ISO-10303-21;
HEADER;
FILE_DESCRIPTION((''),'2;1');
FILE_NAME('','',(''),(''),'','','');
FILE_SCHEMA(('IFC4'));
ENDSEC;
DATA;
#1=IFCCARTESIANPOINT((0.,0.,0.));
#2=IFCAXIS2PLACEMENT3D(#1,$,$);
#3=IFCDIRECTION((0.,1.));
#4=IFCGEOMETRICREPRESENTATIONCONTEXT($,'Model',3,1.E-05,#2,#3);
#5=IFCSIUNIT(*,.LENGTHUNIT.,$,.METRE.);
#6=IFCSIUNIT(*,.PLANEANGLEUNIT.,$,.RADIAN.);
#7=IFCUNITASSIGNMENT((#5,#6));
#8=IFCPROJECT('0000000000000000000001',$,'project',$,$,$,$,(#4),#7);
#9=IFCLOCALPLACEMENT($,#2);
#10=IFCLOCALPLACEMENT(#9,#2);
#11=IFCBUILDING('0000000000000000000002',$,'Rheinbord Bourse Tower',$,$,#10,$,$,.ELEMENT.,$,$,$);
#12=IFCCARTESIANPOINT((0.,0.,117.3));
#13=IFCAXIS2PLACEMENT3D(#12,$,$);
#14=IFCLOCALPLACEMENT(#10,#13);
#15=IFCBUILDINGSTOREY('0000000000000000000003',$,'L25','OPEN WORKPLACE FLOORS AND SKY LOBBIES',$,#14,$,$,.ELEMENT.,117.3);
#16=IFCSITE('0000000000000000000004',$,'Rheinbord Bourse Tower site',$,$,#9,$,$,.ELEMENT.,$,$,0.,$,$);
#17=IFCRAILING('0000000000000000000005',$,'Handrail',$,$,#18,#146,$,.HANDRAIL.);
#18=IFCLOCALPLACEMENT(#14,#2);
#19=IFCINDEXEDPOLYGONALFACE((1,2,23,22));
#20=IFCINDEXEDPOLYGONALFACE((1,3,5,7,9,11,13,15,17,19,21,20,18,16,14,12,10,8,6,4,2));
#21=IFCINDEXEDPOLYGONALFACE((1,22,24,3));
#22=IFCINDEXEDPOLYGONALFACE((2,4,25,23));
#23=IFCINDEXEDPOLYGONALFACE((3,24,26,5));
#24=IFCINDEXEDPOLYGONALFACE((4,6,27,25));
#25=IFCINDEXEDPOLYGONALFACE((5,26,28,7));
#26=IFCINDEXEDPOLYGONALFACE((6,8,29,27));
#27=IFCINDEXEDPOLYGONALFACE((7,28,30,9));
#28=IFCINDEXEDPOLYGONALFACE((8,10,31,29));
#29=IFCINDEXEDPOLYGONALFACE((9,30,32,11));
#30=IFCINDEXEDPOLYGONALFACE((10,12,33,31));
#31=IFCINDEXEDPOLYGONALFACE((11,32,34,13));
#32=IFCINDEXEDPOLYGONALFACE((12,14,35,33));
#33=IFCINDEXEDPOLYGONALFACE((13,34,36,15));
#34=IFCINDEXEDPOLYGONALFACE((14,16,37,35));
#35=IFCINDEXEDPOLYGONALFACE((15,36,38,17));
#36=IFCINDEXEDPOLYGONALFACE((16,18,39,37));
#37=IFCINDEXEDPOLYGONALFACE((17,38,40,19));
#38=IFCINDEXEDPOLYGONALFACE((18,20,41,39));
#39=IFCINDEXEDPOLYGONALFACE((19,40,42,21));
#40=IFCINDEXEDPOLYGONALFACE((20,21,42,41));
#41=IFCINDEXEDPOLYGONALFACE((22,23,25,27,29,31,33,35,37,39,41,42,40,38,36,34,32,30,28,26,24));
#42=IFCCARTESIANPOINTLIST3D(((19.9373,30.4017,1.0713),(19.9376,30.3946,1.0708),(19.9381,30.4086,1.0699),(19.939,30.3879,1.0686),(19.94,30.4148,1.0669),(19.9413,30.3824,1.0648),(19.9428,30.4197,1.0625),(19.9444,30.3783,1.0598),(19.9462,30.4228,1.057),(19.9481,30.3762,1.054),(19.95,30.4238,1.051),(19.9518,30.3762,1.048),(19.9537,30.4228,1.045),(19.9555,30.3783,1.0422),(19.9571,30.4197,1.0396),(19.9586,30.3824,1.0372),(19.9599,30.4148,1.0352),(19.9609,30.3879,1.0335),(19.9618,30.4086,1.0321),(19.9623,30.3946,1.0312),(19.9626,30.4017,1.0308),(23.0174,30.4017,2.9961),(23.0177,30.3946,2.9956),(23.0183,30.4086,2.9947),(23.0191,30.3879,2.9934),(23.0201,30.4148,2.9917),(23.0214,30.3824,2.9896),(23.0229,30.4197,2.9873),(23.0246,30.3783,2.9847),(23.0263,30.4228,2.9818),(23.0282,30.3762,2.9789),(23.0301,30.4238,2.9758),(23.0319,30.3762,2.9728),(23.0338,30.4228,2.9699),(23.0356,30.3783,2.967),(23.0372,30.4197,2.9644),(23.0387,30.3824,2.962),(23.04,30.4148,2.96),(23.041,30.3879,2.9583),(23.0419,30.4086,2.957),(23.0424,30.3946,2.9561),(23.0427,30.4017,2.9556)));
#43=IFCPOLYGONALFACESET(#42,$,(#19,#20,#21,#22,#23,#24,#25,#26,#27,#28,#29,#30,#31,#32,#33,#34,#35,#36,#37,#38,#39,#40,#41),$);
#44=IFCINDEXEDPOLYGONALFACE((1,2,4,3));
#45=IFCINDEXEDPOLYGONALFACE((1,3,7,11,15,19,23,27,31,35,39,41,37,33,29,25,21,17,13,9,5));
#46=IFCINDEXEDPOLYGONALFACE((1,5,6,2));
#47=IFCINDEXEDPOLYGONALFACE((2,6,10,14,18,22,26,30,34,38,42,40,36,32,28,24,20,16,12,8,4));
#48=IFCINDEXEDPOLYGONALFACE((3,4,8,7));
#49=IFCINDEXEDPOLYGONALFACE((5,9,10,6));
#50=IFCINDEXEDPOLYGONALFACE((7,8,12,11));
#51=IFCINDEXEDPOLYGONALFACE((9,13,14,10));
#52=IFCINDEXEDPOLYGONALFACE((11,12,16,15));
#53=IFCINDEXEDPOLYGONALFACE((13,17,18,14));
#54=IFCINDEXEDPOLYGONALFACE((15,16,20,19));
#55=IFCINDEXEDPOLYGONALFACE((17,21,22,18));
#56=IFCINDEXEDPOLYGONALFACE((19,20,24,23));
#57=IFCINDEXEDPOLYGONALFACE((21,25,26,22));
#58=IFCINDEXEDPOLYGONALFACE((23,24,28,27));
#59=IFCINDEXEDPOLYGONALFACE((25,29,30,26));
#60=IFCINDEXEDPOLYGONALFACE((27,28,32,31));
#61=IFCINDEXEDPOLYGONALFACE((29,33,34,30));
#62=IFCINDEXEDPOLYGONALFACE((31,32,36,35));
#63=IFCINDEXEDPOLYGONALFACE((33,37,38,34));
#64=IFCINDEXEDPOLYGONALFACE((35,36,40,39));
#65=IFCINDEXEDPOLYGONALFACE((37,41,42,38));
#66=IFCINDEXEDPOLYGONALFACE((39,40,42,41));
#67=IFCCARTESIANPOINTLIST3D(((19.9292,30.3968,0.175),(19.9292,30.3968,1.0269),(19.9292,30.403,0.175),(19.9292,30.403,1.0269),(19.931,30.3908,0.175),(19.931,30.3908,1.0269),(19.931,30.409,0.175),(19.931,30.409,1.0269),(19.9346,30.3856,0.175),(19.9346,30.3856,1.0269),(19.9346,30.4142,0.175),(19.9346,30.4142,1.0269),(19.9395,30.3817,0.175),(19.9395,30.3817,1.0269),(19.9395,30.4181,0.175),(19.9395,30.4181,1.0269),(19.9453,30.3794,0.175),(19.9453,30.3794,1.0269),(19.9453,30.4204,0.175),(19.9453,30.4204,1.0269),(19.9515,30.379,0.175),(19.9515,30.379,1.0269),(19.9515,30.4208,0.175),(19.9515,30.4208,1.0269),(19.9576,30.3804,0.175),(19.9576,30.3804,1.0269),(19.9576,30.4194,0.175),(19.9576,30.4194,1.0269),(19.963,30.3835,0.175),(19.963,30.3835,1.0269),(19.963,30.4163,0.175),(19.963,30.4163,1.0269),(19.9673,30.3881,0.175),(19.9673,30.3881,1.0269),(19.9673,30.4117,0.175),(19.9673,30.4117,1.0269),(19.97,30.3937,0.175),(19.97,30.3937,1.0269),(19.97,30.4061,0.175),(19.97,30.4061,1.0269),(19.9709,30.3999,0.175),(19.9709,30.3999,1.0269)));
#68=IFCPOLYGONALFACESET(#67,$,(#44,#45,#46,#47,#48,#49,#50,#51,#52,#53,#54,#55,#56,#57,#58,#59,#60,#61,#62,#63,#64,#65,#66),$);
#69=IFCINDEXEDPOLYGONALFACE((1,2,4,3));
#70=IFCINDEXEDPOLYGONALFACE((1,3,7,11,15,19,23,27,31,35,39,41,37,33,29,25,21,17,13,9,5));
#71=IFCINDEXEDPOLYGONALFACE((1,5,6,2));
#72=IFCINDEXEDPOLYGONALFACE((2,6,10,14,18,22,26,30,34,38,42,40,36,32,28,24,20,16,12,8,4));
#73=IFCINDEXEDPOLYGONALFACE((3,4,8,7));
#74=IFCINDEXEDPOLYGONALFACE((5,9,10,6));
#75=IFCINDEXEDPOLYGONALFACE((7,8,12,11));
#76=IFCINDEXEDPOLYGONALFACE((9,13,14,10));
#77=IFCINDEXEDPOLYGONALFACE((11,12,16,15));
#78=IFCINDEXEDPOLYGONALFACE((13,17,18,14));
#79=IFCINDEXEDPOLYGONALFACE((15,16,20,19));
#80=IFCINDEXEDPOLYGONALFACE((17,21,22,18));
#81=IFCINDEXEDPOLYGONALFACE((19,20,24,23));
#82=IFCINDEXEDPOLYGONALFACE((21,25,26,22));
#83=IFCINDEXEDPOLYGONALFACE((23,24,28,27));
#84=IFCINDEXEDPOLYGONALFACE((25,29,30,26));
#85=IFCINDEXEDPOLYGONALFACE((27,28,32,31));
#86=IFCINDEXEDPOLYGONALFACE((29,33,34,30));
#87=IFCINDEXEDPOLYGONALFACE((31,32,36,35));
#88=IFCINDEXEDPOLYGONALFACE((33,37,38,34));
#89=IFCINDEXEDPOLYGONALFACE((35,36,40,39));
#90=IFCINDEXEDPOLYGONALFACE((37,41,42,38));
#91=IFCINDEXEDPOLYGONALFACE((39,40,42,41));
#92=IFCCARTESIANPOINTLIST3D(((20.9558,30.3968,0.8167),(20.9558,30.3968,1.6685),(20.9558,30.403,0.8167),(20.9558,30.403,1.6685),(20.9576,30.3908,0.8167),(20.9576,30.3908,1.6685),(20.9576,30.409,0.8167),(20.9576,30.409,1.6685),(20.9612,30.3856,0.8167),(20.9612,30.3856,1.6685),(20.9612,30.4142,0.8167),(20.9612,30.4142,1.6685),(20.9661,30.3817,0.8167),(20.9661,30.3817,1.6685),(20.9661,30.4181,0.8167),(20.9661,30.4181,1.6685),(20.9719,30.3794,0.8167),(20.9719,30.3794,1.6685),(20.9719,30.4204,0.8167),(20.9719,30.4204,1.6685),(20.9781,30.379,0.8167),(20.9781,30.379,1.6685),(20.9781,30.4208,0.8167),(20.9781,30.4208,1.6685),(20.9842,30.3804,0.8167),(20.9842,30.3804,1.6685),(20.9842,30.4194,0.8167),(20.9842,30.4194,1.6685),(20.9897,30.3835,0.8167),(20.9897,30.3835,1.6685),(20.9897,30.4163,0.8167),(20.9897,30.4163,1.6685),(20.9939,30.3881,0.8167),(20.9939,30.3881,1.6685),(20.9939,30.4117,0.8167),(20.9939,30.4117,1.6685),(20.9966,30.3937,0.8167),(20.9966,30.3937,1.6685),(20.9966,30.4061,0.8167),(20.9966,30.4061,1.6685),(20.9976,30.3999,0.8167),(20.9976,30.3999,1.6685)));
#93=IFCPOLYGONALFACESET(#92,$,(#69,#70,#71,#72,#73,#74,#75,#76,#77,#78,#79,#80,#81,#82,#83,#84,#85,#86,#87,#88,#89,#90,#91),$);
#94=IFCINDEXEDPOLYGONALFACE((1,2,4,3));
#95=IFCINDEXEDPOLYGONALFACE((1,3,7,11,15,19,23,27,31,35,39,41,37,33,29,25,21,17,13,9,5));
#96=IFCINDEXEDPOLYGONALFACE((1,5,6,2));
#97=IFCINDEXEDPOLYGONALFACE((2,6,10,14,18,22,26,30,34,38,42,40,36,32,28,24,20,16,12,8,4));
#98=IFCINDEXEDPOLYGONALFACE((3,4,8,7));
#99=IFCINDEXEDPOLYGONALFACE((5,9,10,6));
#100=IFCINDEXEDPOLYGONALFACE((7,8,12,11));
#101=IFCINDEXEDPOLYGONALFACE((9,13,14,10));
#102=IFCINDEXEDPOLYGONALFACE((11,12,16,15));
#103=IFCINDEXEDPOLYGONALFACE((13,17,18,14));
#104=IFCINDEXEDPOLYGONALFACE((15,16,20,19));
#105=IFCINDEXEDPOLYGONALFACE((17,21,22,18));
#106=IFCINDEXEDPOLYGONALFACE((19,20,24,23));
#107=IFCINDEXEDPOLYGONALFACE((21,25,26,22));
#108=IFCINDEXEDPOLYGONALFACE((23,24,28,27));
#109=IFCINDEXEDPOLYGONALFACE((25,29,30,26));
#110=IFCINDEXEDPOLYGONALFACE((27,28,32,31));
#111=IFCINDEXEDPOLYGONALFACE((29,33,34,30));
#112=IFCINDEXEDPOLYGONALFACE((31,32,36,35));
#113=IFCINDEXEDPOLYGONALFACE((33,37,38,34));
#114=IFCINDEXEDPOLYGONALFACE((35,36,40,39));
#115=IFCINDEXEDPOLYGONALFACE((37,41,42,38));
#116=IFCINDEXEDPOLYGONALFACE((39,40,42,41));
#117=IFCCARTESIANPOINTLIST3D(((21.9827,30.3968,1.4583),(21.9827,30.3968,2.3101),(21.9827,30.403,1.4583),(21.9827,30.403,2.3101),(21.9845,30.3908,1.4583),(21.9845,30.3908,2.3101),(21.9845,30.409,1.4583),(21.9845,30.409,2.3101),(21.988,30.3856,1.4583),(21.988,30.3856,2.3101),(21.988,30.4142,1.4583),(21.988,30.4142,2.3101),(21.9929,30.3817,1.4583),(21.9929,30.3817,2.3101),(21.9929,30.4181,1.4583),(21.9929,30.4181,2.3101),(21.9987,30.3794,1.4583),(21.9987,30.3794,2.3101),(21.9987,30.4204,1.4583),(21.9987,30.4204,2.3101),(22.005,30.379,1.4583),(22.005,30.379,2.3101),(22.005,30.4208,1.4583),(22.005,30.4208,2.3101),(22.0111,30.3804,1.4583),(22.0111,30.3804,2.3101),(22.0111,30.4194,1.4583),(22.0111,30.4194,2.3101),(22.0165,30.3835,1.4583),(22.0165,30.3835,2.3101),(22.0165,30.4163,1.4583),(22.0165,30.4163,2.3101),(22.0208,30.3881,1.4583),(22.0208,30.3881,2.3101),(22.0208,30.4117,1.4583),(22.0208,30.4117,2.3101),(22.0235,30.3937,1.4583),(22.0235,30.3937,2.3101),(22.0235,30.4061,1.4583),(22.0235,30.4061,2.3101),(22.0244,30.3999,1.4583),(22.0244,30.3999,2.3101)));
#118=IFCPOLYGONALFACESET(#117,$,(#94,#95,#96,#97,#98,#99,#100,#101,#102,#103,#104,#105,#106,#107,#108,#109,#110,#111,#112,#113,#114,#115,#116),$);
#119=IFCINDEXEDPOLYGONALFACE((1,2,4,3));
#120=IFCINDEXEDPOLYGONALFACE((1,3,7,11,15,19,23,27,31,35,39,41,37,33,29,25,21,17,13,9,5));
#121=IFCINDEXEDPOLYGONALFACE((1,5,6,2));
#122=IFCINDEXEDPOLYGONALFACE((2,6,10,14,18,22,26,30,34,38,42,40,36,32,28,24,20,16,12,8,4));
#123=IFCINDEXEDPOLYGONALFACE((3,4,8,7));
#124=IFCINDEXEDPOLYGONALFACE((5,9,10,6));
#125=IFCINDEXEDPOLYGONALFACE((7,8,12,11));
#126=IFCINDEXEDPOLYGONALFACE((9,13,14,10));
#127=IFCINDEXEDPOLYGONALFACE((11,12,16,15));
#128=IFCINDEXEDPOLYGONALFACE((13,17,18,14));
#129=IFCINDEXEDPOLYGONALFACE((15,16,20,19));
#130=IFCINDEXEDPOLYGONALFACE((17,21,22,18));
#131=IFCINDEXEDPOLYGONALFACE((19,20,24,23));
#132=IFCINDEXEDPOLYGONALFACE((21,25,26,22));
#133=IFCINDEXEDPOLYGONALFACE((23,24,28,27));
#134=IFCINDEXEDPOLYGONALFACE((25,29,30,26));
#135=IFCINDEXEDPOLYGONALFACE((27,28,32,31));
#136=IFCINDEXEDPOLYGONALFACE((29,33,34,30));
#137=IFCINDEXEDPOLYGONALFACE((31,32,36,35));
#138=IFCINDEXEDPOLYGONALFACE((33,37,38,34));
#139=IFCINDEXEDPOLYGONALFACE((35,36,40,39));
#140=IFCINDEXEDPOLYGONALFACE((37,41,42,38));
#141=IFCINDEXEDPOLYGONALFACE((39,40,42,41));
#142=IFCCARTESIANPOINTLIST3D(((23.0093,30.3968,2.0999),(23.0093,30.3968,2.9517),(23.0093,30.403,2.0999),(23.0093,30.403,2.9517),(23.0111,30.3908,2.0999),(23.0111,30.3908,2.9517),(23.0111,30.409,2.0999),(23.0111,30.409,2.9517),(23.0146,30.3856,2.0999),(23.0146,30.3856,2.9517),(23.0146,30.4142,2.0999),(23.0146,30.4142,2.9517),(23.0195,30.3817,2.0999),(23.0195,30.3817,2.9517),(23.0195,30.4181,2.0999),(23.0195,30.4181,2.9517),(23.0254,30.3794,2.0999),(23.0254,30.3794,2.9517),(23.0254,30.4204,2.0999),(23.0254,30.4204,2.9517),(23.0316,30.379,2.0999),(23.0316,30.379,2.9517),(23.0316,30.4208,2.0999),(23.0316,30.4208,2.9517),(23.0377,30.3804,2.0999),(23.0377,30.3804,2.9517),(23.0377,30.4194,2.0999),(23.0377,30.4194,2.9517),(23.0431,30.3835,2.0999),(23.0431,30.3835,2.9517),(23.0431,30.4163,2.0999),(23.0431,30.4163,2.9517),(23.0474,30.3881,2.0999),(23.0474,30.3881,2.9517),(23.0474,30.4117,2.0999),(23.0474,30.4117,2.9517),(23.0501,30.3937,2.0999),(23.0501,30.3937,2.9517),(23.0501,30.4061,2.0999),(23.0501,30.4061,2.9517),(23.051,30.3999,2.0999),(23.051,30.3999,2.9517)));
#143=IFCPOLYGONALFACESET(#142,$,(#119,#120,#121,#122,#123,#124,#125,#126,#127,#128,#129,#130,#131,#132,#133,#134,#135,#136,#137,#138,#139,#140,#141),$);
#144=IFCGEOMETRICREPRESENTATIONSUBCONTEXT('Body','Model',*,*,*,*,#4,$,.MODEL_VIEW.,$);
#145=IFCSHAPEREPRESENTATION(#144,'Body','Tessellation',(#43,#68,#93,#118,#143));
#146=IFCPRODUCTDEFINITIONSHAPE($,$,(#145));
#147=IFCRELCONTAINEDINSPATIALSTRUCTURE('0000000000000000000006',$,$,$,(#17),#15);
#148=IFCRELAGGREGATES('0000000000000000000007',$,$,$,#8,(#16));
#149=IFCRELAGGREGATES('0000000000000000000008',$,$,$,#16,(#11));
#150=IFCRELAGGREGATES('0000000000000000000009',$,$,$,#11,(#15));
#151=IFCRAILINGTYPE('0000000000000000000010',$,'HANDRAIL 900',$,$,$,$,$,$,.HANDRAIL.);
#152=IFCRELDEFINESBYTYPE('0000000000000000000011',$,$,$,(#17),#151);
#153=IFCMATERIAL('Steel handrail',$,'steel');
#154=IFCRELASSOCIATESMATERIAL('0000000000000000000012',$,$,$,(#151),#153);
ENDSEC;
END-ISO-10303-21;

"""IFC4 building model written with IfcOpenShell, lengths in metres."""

from ifc_helpers import new_model, si_unit, direction, frame, origin, origin_2d, place, context, subcontext, project, spatial, circle, extrude, material, type_object, element, save


model = new_model("IFC4")

# Units and contexts
model_context = context("Model", 3, precision=1e-05, world=origin(), true_north=direction((0.0, 1.0)))
body_context = subcontext(model_context, "Body", "Model", "MODEL_VIEW")
ifc_project = project(units=[si_unit("LENGTHUNIT", "METRE"), si_unit("PLANEANGLEUNIT", "RADIAN")], contexts=[model_context])

# Site, building, storey
site_placement = place(None, origin())
site = spatial("IfcSite", under=ifc_project, at=site_placement, Name="Rheinbord Bourse Tower site", CompositionType="ELEMENT", RefElevation=0.0)
building_placement = place(site_placement, origin())
building = spatial("IfcBuilding", under=site, at=building_placement, Name="Rheinbord Bourse Tower", CompositionType="ELEMENT")
storey_placement = place(building_placement, frame((0.0, 0.0, 117.3)))
storey = spatial("IfcBuildingStorey", under=building, at=storey_placement, Name="L25", Description="OPEN WORKPLACE FLOORS AND SKY LOBBIES", CompositionType="ELEMENT", Elevation=117.3)

# Railing
ifc_material_1 = material(Name="Steel handrail", Category="steel")
railing_type = type_object("IfcRailingType", Name="HANDRAIL 900", PredefinedType="HANDRAIL", material=ifc_material_1)
railing_1_placement = place(storey_placement, frame((19.95, 30.3999, 0.175)))
element("IfcRailing", 1, at=railing_1_placement, inside=storey, type_object=railing_type, Name="Handrail", PredefinedType="HANDRAIL", context=body_context, shape_type="SweptSolid", body=[
    extrude(circle(Radius=0.0239, at=origin_2d()), frame((0.0, 0.0, 0.876), z_axis=(0.848029, 0.0, 0.529951), x_axis=(0.0, 1.0, 0.0)), (0.0, 0.0, 1.0), 3.6321),
    extrude(circle(Radius=0.021, at=origin_2d()), origin(), (0.0, 0.0, 1.0), 0.8518),
    extrude(circle(Radius=0.021, at=origin_2d()), frame((1.0266, 0.0, 0.6416)), (0.0, 0.0, 1.0), 0.8518),
    extrude(circle(Radius=0.021, at=origin_2d()), frame((2.0535, 0.0, 1.2832)), (0.0, 0.0, 1.0), 0.8518),
    extrude(circle(Radius=0.021, at=origin_2d()), frame((3.0801, 0.0, 1.9248)), (0.0, 0.0, 1.0), 0.8518),
])

save(model, "model.ifc")
